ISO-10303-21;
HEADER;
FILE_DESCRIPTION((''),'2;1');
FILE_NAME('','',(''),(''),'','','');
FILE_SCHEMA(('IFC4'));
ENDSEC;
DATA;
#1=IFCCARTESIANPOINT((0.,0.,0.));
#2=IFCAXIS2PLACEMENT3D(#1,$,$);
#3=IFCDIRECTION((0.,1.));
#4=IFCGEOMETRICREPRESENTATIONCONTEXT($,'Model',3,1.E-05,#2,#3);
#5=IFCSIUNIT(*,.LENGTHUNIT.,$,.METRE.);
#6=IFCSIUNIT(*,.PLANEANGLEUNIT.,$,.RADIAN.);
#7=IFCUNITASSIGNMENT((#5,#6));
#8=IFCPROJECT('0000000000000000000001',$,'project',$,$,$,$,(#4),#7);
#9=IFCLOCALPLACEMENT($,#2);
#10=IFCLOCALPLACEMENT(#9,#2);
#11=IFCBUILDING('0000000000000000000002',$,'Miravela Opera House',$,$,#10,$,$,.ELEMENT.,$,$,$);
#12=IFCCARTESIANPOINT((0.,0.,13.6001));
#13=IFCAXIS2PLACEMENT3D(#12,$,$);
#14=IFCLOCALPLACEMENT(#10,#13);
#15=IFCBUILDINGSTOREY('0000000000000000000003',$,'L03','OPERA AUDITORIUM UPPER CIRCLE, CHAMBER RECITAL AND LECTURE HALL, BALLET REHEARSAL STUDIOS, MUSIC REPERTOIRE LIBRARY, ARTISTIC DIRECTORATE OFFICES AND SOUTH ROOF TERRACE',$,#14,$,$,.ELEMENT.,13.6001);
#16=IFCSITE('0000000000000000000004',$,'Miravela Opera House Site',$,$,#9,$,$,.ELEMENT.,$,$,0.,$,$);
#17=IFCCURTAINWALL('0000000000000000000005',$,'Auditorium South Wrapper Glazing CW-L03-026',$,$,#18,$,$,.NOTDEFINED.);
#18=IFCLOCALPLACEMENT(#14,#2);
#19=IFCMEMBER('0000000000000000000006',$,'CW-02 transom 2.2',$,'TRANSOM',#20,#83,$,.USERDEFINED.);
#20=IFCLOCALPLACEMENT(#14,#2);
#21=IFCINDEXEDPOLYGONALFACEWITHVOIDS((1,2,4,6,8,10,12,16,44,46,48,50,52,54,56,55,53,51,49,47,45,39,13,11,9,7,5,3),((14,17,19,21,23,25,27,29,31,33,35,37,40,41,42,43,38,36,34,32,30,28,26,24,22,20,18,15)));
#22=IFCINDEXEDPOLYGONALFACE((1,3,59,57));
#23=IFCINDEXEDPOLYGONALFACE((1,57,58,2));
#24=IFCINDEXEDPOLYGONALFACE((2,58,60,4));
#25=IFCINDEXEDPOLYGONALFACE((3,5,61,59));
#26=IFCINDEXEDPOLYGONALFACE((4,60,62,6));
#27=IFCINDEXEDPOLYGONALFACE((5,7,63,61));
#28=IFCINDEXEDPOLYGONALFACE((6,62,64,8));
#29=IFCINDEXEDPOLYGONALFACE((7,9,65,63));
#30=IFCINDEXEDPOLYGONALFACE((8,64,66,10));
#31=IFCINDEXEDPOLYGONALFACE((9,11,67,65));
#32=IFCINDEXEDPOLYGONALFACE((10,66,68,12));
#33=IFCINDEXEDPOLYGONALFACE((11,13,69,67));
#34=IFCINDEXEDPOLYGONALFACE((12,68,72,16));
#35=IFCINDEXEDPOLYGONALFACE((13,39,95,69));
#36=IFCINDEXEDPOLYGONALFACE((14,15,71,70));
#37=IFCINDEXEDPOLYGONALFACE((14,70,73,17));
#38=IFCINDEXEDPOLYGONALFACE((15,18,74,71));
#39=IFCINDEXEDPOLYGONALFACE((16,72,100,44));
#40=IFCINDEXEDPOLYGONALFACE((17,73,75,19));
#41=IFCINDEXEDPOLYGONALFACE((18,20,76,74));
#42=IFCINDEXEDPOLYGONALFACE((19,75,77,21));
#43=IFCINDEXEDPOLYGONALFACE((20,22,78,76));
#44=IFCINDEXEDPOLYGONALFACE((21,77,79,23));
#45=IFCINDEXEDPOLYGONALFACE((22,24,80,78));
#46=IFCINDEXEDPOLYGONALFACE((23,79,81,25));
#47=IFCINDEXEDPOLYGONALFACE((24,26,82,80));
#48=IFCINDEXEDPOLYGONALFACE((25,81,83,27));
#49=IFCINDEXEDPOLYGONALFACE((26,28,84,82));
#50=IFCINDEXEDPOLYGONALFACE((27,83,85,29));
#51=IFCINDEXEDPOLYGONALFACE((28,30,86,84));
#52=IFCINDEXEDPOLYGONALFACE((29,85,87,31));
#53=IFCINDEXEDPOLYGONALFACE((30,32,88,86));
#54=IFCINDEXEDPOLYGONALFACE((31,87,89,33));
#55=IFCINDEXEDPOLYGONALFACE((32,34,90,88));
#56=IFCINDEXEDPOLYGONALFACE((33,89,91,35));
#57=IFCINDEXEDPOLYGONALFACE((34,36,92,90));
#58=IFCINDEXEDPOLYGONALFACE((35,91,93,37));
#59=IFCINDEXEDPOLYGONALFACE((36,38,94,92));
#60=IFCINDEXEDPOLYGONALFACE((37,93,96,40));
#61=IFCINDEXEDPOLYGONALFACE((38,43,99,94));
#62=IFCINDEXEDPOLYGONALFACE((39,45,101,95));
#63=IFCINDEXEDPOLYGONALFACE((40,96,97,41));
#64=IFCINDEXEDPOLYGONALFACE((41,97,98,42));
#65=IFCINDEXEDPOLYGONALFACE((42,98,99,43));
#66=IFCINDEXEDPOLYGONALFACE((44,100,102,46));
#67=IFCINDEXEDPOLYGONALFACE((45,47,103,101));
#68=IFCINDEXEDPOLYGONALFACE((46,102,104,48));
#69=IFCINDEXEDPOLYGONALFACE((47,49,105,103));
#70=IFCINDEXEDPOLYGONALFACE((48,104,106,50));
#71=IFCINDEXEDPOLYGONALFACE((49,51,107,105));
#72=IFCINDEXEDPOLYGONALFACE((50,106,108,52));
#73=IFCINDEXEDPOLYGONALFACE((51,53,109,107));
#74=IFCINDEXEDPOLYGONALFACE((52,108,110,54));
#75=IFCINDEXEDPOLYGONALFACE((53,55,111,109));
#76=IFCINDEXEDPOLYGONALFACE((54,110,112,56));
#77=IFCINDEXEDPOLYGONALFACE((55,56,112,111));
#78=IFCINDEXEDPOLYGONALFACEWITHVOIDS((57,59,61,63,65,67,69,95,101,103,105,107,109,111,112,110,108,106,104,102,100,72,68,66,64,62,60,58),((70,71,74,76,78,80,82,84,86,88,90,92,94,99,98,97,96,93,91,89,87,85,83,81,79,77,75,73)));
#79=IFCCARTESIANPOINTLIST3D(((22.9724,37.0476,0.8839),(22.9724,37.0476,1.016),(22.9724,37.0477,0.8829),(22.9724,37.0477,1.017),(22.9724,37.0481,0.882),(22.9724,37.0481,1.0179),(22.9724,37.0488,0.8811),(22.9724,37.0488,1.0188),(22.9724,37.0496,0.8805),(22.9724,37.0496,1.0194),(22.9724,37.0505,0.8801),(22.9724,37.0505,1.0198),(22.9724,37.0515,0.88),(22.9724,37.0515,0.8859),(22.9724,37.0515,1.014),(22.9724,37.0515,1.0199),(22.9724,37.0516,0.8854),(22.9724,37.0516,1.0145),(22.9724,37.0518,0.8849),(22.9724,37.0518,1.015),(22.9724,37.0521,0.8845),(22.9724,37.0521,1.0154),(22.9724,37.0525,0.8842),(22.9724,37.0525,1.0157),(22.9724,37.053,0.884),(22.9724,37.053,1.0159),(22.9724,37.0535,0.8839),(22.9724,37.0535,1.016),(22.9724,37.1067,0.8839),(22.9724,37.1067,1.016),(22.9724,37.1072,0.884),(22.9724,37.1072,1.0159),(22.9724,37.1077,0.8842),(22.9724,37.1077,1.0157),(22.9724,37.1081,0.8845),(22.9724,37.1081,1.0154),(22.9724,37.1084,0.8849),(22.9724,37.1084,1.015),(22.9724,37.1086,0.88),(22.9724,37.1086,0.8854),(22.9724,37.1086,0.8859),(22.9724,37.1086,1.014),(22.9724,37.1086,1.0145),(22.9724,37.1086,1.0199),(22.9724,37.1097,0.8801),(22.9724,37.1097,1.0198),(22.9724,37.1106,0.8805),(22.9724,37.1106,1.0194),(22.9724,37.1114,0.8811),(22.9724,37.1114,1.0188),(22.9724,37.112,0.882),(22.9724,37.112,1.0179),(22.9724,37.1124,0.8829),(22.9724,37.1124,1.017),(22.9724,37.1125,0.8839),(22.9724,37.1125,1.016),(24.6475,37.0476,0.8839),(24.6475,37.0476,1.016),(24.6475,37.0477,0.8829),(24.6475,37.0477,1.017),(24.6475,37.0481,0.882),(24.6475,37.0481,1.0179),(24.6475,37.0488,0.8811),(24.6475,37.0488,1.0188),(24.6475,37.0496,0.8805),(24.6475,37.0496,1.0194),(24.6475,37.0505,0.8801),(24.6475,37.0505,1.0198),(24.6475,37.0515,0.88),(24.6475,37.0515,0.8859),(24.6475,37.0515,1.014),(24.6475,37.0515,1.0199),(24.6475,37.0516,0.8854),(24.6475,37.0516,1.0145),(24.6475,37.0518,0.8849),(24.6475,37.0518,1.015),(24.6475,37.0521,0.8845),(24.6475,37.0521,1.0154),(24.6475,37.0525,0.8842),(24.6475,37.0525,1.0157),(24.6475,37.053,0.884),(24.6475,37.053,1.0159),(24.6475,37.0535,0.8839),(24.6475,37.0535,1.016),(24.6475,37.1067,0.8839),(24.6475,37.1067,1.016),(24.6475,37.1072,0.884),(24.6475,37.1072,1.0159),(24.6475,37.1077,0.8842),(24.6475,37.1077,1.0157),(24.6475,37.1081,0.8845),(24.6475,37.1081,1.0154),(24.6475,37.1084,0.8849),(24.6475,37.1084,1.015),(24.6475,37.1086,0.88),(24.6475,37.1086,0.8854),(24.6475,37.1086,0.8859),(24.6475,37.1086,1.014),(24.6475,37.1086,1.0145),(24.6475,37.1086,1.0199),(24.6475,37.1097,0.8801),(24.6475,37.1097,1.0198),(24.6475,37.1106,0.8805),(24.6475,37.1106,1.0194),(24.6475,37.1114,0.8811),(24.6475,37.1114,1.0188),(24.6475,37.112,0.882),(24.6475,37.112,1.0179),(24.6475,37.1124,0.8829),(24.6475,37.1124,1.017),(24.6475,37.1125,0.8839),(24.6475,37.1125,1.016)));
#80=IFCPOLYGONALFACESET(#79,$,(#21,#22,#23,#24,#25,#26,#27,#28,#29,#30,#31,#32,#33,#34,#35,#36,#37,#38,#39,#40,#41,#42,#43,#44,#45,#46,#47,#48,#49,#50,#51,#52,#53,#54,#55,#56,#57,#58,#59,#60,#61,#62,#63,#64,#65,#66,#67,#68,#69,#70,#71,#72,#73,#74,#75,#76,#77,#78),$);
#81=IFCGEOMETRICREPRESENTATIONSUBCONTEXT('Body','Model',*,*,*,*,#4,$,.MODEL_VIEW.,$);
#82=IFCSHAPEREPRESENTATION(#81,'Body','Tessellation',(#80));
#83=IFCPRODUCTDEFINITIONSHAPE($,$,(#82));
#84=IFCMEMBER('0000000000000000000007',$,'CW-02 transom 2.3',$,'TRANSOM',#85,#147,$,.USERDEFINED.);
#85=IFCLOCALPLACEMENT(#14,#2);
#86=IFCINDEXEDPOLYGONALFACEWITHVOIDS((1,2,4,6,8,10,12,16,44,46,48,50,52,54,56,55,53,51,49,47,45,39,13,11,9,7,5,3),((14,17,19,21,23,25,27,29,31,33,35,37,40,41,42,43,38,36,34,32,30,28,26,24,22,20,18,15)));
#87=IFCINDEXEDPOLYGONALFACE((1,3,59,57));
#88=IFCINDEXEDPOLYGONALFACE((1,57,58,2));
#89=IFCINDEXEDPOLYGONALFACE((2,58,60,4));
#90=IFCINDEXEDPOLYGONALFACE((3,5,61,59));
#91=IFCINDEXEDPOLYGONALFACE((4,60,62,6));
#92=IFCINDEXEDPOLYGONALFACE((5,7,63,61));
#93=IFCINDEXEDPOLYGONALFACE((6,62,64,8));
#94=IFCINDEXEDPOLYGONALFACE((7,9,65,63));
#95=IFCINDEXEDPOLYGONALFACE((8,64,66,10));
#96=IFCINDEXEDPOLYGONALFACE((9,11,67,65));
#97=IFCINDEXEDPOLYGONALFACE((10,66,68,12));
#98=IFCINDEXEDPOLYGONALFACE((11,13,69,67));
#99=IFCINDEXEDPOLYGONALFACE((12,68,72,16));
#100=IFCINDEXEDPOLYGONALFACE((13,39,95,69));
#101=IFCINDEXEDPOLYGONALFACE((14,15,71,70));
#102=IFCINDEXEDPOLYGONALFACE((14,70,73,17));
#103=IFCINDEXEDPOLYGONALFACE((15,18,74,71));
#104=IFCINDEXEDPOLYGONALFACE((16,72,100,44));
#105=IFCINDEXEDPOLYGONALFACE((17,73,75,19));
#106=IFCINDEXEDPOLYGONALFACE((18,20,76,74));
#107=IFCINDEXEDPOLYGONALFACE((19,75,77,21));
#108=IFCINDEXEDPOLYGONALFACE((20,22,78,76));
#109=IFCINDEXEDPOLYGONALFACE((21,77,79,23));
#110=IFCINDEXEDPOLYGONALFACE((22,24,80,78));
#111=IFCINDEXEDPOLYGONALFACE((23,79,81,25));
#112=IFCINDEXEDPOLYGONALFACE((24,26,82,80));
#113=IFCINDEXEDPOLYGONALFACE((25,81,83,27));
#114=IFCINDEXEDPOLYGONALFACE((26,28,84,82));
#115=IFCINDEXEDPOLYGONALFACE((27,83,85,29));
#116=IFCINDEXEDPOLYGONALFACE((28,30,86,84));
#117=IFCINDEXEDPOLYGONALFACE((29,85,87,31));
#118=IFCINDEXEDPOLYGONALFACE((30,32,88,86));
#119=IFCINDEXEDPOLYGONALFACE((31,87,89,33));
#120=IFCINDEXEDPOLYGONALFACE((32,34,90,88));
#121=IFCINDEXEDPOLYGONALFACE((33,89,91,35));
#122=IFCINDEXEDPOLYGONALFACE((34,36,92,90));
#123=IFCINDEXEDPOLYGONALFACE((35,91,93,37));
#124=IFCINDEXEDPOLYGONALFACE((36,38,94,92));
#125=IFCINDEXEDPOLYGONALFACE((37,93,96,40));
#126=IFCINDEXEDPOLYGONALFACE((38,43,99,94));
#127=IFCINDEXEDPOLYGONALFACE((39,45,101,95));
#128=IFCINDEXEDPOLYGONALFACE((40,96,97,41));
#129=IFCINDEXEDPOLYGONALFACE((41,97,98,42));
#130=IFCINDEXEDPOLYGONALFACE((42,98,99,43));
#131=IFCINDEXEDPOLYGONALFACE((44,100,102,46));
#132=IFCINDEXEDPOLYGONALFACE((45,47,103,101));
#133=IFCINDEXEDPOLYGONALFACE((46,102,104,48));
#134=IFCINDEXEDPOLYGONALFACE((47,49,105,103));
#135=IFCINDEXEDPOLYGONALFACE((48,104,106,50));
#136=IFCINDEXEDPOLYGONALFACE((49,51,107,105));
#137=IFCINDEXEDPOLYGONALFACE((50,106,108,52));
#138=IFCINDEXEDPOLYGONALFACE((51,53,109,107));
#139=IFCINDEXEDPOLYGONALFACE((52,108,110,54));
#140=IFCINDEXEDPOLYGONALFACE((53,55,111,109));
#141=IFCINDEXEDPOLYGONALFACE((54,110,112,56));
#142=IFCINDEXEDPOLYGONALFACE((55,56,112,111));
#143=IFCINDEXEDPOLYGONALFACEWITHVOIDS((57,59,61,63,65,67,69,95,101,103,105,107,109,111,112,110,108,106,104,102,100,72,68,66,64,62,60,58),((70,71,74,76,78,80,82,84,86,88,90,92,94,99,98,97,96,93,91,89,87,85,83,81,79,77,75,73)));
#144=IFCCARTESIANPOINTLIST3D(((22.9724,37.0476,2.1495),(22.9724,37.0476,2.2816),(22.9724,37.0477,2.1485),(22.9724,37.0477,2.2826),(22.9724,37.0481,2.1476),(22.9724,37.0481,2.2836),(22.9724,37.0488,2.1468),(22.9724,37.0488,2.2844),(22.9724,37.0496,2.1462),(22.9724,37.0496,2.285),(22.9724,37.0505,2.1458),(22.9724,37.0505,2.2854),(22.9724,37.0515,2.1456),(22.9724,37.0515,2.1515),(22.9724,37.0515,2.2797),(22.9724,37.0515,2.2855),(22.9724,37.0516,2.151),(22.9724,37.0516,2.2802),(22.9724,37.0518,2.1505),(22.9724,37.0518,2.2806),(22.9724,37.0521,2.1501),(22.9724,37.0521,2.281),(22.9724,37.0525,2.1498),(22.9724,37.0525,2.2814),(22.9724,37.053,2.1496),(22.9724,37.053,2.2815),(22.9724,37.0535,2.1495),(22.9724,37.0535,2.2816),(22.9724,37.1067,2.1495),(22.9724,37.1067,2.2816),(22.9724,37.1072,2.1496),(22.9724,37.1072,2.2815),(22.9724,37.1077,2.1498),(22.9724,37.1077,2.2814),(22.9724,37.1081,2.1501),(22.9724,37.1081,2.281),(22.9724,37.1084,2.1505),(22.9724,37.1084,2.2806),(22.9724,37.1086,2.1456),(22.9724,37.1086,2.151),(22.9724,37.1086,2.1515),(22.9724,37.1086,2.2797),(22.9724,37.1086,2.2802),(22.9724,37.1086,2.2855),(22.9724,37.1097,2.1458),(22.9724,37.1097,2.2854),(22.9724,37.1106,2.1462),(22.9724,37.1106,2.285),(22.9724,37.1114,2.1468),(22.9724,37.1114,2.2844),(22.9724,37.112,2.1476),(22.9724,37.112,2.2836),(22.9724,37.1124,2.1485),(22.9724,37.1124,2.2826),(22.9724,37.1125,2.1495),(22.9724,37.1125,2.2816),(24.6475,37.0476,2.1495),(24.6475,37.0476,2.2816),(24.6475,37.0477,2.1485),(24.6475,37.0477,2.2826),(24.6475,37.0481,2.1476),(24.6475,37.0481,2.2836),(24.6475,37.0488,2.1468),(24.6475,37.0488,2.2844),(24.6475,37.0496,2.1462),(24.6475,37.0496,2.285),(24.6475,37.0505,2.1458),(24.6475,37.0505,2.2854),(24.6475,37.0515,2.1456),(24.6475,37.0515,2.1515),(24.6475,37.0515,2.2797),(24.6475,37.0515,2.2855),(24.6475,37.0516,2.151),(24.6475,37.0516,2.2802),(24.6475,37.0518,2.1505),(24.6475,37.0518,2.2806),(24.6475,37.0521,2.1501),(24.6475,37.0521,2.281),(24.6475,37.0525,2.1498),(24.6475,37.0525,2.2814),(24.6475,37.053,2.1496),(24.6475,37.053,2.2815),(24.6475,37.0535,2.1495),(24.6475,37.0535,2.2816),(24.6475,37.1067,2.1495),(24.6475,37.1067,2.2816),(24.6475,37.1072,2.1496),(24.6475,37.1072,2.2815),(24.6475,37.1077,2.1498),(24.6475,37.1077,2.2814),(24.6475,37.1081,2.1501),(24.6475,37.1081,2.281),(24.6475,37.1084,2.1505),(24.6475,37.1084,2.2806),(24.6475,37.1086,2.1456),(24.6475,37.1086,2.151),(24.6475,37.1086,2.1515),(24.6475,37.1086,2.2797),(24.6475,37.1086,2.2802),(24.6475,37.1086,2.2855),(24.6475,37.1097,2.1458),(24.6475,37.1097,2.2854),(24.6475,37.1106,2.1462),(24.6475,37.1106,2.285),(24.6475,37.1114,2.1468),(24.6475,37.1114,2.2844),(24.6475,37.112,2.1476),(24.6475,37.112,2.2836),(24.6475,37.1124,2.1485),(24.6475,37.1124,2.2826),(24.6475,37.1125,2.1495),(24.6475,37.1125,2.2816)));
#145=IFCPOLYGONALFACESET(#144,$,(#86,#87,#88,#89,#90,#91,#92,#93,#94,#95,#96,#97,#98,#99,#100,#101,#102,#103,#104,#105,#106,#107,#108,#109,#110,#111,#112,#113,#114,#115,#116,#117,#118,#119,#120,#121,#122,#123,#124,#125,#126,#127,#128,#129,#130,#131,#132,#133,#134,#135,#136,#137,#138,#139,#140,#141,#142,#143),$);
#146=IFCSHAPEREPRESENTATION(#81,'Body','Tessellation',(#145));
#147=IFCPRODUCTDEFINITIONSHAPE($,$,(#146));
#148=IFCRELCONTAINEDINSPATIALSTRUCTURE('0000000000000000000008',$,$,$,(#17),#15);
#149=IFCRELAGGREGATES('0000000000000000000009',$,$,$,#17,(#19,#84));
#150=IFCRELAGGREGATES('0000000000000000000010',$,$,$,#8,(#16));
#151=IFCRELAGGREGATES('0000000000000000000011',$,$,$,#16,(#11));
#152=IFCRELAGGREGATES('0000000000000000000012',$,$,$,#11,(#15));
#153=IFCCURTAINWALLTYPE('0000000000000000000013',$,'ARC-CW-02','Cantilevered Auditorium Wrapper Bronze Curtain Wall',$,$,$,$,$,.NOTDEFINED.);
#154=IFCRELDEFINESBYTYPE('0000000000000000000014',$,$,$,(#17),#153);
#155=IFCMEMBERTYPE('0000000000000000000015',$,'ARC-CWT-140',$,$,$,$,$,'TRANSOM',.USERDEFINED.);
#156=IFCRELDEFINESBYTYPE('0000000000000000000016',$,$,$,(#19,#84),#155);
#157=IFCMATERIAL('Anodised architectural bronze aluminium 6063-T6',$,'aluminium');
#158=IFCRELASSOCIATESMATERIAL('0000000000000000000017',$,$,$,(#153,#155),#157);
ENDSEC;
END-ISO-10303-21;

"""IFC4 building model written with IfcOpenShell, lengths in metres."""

from ifc_helpers import new_model, si_unit, direction, frame, origin, origin_2d, place, context, subcontext, project, spatial, hollow_rectangle, extrude, material, material_profile, profile_set, type_object, element, aggregate, save


model = new_model("IFC4")

# Units and contexts
model_context = context("Model", 3, precision=1e-05, world=origin(), true_north=direction((0.0, 1.0)))
body_context = subcontext(model_context, "Body", "Model", "MODEL_VIEW")
ifc_project = project(units=[si_unit("LENGTHUNIT", "METRE"), si_unit("PLANEANGLEUNIT", "RADIAN")], contexts=[model_context])

# Site, building, storey
site_placement = place(None, origin())
site = spatial("IfcSite", under=ifc_project, at=site_placement, Name="Miravela Opera House Site", CompositionType="ELEMENT", RefElevation=0.0)
building_placement = place(site_placement, origin())
building = spatial("IfcBuilding", under=site, at=building_placement, Name="Miravela Opera House", CompositionType="ELEMENT")
storey_placement = place(building_placement, frame((0.0, 0.0, 13.6001)))
storey = spatial("IfcBuildingStorey", under=building, at=storey_placement, Name="L03", Description="OPERA AUDITORIUM UPPER CIRCLE, CHAMBER RECITAL AND LECTURE HALL, BALLET REHEARSAL STUDIOS, MUSIC REPERTOIRE LIBRARY, ARTISTIC DIRECTORATE OFFICES AND SOUTH ROOF TERRACE", CompositionType="ELEMENT", Elevation=13.6001)

# Curtain wall, members
ifc_material_1 = material(Name="Anodised architectural bronze aluminium 6063-T6", Category="aluminium")
curtain_wall_type = type_object("IfcCurtainWallType", Name="ARC-CW-02", Description="Cantilevered Auditorium Wrapper Bronze Curtain Wall", PredefinedType="NOTDEFINED", material=ifc_material_1)
curtain_wall_placement = place(storey_placement, origin())
curtain_wall = element("IfcCurtainWall", 1, at=curtain_wall_placement, inside=storey, type_object=curtain_wall_type, Name="Auditorium South Wrapper Glazing CW-L03-026", PredefinedType="NOTDEFINED")
ifc_material_profile_1 = material_profile(ifc_material_1, hollow_rectangle(XDim=0.0649, YDim=0.1399, WallThickness=0.0039, InnerFilletRadius=0.002, OuterFilletRadius=0.0039, at=origin_2d()), Name="CWT-65X140")
ifc_profile_set_1 = profile_set([ifc_material_profile_1])
member_type_1 = type_object("IfcMemberType", Name="ARC-CWT-140", ElementType="TRANSOM", PredefinedType="USERDEFINED", material=ifc_profile_set_1)
member_1_placement = place(storey_placement, frame((22.9724, 37.0801, 0.95), z_axis=(1.0, 0.0, 0.0), x_axis=(0.0, 1.0, 0.0)))
member_1 = element("IfcMember", 2, at=member_1_placement, type_object=member_type_1, Name="CW-02 transom 2.2", ObjectType="TRANSOM", PredefinedType="USERDEFINED", context=body_context, shape_type="SweptSolid", body=[
    extrude(hollow_rectangle(XDim=0.0649, YDim=0.1399, WallThickness=0.0039, InnerFilletRadius=0.002, OuterFilletRadius=0.0039, at=origin_2d()), origin(), (0.0, 0.0, 1.0), 1.675),
])
member_2_placement = place(storey_placement, frame((22.9724, 37.0801, 2.2156), z_axis=(1.0, 0.0, 0.0), x_axis=(0.0, 1.0, 0.0)))
member_2 = element("IfcMember", 3, at=member_2_placement, type_object=member_type_1, Name="CW-02 transom 2.3", ObjectType="TRANSOM", PredefinedType="USERDEFINED", context=body_context, shape_type="SweptSolid", body=[
    extrude(hollow_rectangle(XDim=0.0649, YDim=0.1399, WallThickness=0.0039, InnerFilletRadius=0.002, OuterFilletRadius=0.0039, at=origin_2d()), origin(), (0.0, 0.0, 1.0), 1.675),
])

aggregate(curtain_wall, [member_1, member_2])

save(model, "model.ifc")
